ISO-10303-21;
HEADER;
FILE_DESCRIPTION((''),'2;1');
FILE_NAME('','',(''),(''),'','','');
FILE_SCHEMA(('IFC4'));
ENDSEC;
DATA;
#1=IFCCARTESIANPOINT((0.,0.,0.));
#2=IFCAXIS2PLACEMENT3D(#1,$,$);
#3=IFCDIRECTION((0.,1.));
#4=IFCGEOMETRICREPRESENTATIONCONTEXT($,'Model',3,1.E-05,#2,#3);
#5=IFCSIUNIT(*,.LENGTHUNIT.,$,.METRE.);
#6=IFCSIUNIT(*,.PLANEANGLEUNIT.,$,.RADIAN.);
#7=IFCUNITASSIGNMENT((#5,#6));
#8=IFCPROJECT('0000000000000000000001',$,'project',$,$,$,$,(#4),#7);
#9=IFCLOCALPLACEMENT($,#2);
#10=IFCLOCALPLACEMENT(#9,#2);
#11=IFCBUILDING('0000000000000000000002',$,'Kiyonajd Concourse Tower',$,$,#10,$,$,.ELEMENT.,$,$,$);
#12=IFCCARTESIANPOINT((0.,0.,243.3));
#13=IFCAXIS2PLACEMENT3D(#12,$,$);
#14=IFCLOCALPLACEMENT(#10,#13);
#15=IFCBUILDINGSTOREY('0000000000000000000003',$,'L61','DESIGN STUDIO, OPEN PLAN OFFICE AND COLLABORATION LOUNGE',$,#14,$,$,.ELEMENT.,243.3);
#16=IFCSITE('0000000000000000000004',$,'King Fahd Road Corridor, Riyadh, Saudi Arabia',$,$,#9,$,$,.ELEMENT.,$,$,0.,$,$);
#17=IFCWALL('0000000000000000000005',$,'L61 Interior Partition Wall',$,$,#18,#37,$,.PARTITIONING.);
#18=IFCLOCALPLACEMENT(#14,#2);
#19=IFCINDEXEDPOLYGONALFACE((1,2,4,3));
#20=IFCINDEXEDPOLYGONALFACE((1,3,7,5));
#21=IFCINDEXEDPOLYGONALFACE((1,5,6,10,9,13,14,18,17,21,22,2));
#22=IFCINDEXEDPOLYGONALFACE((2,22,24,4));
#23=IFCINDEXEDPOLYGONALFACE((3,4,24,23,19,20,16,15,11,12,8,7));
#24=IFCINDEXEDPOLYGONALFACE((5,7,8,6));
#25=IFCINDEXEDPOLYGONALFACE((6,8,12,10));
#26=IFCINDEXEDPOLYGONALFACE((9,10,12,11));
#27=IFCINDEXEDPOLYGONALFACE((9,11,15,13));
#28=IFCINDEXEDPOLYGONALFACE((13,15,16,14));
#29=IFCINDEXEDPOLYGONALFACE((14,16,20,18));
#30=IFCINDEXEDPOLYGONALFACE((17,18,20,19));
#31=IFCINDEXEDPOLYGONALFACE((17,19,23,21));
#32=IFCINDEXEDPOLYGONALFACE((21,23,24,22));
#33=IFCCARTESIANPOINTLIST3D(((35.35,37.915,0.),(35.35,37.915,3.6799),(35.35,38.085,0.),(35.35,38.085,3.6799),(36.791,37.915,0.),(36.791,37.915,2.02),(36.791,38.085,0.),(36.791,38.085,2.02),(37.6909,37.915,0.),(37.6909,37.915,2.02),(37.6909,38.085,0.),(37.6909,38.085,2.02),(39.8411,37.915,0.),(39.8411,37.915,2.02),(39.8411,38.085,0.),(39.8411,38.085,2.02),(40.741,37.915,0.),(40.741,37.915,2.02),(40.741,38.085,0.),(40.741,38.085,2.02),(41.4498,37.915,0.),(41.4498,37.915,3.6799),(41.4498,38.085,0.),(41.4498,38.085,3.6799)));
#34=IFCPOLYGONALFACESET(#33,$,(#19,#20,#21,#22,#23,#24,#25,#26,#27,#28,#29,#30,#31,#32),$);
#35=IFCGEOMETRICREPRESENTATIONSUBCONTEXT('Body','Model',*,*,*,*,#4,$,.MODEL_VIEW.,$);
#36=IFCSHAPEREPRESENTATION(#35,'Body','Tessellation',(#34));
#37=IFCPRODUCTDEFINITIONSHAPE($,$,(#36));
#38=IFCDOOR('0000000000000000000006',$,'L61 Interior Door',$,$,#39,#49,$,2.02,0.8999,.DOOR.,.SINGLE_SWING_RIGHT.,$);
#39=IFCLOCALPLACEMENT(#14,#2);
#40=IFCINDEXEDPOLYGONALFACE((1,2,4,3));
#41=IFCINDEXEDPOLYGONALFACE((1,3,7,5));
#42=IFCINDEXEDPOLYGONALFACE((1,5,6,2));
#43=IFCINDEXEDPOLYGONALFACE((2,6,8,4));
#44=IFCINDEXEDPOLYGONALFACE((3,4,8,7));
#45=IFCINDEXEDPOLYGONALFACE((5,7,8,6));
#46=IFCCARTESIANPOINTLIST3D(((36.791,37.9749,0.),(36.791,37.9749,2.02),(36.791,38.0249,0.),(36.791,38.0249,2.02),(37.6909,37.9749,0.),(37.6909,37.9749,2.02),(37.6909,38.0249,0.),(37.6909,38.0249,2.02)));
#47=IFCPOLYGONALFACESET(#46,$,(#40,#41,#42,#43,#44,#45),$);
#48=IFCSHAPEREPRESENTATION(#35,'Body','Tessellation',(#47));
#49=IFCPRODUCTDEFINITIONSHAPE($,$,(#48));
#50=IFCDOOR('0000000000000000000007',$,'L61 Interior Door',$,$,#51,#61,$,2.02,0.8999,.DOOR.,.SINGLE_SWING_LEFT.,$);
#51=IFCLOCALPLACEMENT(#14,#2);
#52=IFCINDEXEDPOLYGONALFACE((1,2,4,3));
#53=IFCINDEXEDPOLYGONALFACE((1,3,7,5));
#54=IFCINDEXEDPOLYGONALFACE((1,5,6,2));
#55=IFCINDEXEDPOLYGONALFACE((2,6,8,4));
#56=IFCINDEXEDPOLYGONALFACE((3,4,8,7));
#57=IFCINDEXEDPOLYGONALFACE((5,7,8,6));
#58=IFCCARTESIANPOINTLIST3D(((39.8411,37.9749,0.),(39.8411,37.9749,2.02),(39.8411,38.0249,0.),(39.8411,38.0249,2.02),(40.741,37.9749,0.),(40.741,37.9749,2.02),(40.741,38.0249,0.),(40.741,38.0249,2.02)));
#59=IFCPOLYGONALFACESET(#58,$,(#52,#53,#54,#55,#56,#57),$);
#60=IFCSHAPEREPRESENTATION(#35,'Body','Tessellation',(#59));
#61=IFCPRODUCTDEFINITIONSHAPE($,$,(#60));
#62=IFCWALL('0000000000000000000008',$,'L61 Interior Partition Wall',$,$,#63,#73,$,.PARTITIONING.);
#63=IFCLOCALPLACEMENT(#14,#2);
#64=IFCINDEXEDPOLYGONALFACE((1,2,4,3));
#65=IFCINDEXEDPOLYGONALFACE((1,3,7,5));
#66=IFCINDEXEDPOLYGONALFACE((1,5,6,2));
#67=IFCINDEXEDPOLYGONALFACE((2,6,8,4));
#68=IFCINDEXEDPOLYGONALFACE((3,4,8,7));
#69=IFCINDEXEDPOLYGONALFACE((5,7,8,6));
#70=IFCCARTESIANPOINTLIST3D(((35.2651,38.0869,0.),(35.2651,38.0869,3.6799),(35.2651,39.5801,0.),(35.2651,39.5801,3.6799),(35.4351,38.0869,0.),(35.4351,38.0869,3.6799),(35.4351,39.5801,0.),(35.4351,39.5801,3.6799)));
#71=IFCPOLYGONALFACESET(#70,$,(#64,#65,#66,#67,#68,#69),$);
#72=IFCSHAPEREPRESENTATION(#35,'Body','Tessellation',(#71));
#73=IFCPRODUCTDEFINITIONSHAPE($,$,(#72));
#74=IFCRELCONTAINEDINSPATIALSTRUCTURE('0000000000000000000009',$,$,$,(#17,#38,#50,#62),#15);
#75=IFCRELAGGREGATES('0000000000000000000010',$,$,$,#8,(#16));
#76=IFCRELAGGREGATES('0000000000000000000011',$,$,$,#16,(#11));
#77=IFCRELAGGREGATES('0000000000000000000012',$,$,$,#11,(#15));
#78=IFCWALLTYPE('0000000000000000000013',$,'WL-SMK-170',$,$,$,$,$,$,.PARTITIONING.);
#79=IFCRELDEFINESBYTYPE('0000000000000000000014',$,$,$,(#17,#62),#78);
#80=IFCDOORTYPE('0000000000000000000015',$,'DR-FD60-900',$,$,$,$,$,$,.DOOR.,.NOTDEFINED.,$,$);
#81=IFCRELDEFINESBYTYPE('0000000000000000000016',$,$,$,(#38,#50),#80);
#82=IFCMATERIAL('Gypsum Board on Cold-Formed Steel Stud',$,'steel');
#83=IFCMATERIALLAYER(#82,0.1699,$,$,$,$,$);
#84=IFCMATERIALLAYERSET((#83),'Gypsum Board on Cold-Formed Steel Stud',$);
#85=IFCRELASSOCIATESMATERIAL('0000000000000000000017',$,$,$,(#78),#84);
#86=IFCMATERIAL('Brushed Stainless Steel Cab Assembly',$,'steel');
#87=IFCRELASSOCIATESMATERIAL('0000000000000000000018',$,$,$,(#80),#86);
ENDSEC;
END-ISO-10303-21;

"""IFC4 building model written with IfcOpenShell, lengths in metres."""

from ifc_helpers import new_model, si_unit, direction, frame, frame_2d, origin, place, context, subcontext, project, spatial, rectangle, extrude, material, layer, layer_set, type_object, element, fill, save


model = new_model("IFC4")

# Units and contexts
model_context = context("Model", 3, precision=1e-05, world=origin(), true_north=direction((0.0, 1.0)))
body_context = subcontext(model_context, "Body", "Model", "MODEL_VIEW")
ifc_project = project(units=[si_unit("LENGTHUNIT", "METRE"), si_unit("PLANEANGLEUNIT", "RADIAN")], contexts=[model_context])

# Site, building, storey
site_placement = place(None, origin())
site = spatial("IfcSite", under=ifc_project, at=site_placement, Name="King Fahd Road Corridor, Riyadh, Saudi Arabia", CompositionType="ELEMENT", RefElevation=0.0)
building_placement = place(site_placement, origin())
building = spatial("IfcBuilding", under=site, at=building_placement, Name="Kiyonajd Concourse Tower", CompositionType="ELEMENT")
storey_placement = place(building_placement, frame((0.0, 0.0, 243.3)))
storey = spatial("IfcBuildingStorey", under=building, at=storey_placement, Name="L61", Description="DESIGN STUDIO, OPEN PLAN OFFICE AND COLLABORATION LOUNGE", CompositionType="ELEMENT", Elevation=243.3)

# Shared definitions
ifc_material_1 = material(Name="Gypsum Board on Cold-Formed Steel Stud", Category="steel")

# Wall, openings, doors
ifc_layer_1 = layer(ifc_material_1, 0.1699)
ifc_layer_set_1 = layer_set([ifc_layer_1], Name="Gypsum Board on Cold-Formed Steel Stud")
wall_type_1 = type_object("IfcWallType", Name="WL-SMK-170", PredefinedType="PARTITIONING", material=ifc_layer_set_1)
wall_1_placement = place(storey_placement, frame((35.3501, 38.0, 0.0), z_axis=(0.0, 0.0, 1.0), x_axis=(1.0, 0.0, 0.0)))
wall_1 = element("IfcWall", 1, at=wall_1_placement, inside=storey, type_object=wall_type_1, Name="L61 Interior Partition Wall", PredefinedType="PARTITIONING", context=body_context, shape_type="SweptSolid", body=[
    extrude(rectangle(XDim=6.0999, YDim=0.1699, at=frame_2d((3.0498, 0.0))), origin(), (0.0, 0.0, 1.0), 3.6799),
])
opening_1_placement = place(wall_1_placement, frame((1.4409, 0.0, 0.0)))
opening_1 = element("IfcOpeningElement", 2, at=opening_1_placement, cuts=wall_1, PredefinedType="OPENING", context=body_context, shape_type="SweptSolid", body=[
    extrude(rectangle(XDim=0.8999, YDim=2.02, at=frame_2d((0.45, 1.01))), frame((0.0, 0.095, 0.0), z_axis=(0.0, -1.0, 0.0), x_axis=(1.0, 0.0, 0.0)), (0.0, 0.0, 1.0), 0.1899),
])
opening_2_placement = place(wall_1_placement, frame((4.491, 0.0, 0.0)))
opening_2 = element("IfcOpeningElement", 3, at=opening_2_placement, cuts=wall_1, PredefinedType="OPENING", context=body_context, shape_type="SweptSolid", body=[
    extrude(rectangle(XDim=0.8999, YDim=2.02, at=frame_2d((0.45, 1.01))), frame((0.0, 0.095, 0.0), z_axis=(0.0, -1.0, 0.0), x_axis=(1.0, 0.0, 0.0)), (0.0, 0.0, 1.0), 0.1899),
])
ifc_material_2 = material(Name="Brushed Stainless Steel Cab Assembly", Category="steel")
door_type_1 = type_object("IfcDoorType", Name="DR-FD60-900", OperationType="NOTDEFINED", PredefinedType="DOOR", material=ifc_material_2)
door_1_placement = place(opening_1_placement, origin())
door_1 = element("IfcDoor", 4, at=door_1_placement, inside=storey, type_object=door_type_1, Name="L61 Interior Door", OperationType="SINGLE_SWING_RIGHT", OverallHeight=2.02, OverallWidth=0.8999, PredefinedType="DOOR", context=body_context, shape_type="SweptSolid", body=[
    extrude(rectangle(XDim=0.8999, YDim=2.02, at=frame_2d((0.45, 1.01))), frame((0.0, 0.0249, 0.0), z_axis=(0.0, -1.0, 0.0), x_axis=(1.0, 0.0, 0.0)), (0.0, 0.0, 1.0), 0.05),
])
fill(opening_1, door_1)
door_2_placement = place(opening_2_placement, origin())
door_2 = element("IfcDoor", 5, at=door_2_placement, inside=storey, type_object=door_type_1, Name="L61 Interior Door", OperationType="SINGLE_SWING_LEFT", OverallHeight=2.02, OverallWidth=0.8999, PredefinedType="DOOR", context=body_context, shape_type="SweptSolid", body=[
    extrude(rectangle(XDim=0.8999, YDim=2.02, at=frame_2d((0.45, 1.01))), frame((0.0, 0.0249, 0.0), z_axis=(0.0, -1.0, 0.0), x_axis=(1.0, 0.0, 0.0)), (0.0, 0.0, 1.0), 0.05),
])
fill(opening_2, door_2)

# Wall
wall_2_placement = place(storey_placement, frame((35.3501, 38.0869, 0.0), z_axis=(0.0, 0.0, 1.0), x_axis=(0.0, 1.0, 0.0)))
element("IfcWall", 6, at=wall_2_placement, inside=storey, type_object=wall_type_1, Name="L61 Interior Partition Wall", PredefinedType="PARTITIONING", context=body_context, shape_type="SweptSolid", body=[
    extrude(rectangle(XDim=1.4932, YDim=0.1699, at=frame_2d((0.7466, 0.0))), origin(), (0.0, 0.0, 1.0), 3.6799),
])

save(model, "model.ifc")
